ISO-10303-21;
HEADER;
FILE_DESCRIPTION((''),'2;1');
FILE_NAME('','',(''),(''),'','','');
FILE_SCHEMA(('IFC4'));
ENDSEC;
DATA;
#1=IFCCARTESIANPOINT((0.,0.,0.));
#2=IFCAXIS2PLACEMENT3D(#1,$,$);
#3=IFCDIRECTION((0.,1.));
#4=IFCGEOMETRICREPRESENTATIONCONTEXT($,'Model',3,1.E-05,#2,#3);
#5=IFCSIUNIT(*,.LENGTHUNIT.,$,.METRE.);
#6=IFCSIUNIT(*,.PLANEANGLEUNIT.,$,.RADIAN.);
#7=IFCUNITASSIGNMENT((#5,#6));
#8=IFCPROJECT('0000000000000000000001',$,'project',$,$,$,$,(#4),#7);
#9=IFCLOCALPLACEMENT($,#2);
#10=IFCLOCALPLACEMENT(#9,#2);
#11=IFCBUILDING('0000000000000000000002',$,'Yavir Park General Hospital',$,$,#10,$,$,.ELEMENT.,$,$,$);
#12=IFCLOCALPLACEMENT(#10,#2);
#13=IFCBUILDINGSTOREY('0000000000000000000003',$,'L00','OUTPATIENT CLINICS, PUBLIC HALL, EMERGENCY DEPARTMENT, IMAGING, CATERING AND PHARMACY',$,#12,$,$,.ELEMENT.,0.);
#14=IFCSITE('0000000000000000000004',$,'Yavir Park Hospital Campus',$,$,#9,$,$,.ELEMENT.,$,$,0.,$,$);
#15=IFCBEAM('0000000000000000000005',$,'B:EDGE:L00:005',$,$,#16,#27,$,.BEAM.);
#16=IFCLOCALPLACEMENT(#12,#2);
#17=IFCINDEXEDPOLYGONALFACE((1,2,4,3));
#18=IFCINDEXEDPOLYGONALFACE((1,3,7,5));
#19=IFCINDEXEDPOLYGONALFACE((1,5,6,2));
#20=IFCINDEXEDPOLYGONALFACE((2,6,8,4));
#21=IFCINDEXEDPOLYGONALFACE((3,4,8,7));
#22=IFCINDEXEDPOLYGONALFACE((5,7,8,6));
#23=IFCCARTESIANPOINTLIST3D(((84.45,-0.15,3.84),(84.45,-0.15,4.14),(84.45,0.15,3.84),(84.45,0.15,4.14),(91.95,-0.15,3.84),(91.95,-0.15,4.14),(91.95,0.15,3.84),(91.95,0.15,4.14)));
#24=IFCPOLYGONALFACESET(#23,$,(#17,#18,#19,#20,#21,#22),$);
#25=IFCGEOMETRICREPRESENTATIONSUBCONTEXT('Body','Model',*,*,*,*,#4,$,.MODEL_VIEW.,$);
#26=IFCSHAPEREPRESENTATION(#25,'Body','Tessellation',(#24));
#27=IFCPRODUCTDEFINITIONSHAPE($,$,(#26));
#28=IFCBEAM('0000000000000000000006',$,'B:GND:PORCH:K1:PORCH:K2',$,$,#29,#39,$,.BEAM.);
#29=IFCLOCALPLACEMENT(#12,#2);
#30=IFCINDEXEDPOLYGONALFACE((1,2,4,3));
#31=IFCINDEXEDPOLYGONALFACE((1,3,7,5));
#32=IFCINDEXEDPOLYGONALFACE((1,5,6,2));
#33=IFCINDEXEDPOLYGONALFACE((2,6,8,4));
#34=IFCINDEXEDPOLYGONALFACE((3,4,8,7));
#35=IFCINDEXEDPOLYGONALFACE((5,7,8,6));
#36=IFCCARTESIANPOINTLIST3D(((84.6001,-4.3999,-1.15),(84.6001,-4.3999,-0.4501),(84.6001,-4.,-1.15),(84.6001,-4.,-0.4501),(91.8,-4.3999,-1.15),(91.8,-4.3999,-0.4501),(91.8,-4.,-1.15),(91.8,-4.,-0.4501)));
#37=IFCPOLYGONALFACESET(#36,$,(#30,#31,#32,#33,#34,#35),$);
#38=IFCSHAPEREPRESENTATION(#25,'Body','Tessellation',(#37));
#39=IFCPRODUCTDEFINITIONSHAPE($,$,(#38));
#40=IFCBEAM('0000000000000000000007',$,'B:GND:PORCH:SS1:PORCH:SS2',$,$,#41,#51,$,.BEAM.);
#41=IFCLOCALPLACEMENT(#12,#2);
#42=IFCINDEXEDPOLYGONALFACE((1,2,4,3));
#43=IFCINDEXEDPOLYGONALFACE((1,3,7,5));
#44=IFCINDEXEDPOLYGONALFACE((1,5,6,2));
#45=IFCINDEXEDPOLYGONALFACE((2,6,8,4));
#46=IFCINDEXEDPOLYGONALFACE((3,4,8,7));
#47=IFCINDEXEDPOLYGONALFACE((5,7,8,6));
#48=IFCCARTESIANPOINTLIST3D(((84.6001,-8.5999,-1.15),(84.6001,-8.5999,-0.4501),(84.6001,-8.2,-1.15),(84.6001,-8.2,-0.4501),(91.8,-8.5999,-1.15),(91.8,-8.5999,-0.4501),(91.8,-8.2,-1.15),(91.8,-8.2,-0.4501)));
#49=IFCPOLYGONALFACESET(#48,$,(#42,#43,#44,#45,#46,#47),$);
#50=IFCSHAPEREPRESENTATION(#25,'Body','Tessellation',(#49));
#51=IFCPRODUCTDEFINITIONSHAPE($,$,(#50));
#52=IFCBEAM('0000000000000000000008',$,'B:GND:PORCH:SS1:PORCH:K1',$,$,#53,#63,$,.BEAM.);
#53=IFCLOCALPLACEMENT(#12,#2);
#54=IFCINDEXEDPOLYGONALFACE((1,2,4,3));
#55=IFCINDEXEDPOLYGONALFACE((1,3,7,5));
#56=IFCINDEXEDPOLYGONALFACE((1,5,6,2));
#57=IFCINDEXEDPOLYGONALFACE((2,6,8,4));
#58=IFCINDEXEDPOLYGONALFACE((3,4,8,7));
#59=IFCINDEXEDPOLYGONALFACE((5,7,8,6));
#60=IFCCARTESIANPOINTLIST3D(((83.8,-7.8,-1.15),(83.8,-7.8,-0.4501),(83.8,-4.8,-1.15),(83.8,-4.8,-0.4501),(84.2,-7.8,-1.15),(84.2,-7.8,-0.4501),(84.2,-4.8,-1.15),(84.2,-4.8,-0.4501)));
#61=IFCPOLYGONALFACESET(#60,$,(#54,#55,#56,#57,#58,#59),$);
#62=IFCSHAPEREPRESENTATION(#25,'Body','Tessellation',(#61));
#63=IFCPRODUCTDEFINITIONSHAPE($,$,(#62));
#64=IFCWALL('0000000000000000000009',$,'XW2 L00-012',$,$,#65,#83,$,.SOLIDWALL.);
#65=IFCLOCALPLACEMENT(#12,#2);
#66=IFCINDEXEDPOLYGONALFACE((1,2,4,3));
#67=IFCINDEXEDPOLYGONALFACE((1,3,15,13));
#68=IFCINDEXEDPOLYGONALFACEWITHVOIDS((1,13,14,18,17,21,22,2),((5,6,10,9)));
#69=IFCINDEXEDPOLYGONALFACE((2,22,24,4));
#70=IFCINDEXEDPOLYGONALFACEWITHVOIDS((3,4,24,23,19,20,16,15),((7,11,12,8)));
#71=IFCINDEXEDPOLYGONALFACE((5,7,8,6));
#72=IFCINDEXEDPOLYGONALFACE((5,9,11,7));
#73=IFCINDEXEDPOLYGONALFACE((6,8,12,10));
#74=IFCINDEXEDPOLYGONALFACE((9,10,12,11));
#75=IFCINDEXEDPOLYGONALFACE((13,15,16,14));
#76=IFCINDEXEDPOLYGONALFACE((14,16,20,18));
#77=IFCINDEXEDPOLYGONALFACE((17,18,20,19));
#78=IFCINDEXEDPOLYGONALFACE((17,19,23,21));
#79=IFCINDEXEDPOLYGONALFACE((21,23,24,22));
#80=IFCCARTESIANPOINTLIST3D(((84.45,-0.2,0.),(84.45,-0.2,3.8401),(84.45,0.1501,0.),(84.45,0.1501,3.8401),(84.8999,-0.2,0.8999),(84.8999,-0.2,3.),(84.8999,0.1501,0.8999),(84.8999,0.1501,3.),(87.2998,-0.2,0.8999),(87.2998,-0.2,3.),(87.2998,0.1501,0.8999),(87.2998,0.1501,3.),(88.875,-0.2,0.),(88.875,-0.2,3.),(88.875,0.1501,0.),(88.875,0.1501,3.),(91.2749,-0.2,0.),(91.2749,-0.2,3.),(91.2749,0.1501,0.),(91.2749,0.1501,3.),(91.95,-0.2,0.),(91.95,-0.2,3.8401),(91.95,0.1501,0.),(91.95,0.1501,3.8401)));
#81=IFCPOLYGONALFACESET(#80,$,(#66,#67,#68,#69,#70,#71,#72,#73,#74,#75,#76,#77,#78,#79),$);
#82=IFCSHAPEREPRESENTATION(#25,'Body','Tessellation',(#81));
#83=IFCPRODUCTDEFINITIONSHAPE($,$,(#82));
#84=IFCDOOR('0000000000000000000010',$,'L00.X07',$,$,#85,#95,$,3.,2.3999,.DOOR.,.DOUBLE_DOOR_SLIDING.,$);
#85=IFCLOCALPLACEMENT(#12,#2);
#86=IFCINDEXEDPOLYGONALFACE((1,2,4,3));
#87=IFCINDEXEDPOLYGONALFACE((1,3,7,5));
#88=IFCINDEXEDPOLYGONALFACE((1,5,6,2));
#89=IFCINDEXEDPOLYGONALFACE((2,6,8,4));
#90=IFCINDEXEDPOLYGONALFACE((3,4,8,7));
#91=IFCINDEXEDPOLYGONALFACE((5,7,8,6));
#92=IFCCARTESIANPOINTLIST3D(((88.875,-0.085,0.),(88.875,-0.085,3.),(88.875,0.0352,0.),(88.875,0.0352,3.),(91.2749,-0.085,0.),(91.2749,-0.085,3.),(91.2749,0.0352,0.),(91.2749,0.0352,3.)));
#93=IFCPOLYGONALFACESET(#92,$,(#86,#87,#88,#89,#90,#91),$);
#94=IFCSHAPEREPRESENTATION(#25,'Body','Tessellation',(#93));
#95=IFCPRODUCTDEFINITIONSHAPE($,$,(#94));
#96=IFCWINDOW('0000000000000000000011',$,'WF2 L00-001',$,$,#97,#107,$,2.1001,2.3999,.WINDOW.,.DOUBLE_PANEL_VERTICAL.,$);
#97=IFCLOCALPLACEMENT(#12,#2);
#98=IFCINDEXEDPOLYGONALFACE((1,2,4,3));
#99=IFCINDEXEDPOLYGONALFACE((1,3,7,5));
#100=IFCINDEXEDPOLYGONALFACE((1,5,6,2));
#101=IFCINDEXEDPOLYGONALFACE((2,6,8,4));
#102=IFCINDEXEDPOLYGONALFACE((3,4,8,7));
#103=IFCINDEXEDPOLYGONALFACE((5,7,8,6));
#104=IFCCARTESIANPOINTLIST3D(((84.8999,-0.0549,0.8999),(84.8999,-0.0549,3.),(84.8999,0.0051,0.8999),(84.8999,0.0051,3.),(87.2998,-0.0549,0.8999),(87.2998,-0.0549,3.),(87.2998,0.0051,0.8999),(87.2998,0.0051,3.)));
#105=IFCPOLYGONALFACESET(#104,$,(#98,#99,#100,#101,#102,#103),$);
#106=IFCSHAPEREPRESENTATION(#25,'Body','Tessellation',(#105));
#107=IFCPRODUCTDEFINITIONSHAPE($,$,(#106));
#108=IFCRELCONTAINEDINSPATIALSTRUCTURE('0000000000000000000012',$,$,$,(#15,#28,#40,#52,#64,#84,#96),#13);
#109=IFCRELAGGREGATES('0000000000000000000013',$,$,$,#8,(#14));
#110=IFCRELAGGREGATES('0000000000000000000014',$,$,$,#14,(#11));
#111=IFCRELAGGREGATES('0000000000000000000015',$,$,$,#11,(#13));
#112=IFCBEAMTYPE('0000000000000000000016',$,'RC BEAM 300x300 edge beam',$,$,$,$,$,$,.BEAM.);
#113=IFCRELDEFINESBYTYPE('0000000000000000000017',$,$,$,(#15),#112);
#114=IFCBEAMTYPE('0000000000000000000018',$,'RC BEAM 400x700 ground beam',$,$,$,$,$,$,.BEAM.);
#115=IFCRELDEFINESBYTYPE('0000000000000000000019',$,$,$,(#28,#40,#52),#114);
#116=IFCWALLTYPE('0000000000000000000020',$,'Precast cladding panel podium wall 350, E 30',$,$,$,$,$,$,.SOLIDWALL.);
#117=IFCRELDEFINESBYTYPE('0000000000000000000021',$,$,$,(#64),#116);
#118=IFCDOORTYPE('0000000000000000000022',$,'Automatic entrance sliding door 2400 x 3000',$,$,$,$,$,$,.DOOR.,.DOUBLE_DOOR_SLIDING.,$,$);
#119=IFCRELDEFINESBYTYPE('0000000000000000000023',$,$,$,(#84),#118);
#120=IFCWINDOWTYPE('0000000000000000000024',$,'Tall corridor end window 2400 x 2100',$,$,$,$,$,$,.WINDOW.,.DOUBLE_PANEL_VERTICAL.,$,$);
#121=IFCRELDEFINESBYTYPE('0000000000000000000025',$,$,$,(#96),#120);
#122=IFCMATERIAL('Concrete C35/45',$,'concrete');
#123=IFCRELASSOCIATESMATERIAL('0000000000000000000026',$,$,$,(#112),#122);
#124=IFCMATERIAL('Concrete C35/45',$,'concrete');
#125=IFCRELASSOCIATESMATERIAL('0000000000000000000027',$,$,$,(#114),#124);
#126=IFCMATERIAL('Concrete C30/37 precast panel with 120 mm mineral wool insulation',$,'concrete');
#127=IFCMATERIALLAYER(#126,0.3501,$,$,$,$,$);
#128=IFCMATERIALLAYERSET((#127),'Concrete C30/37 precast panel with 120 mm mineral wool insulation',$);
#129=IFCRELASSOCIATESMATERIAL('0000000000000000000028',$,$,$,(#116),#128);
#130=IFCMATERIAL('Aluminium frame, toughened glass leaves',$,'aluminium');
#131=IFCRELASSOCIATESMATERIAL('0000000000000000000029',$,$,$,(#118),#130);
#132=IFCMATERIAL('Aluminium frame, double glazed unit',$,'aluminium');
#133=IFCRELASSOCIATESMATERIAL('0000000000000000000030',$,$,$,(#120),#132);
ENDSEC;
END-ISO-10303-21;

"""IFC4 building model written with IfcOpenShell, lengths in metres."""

from ifc_helpers import new_model, si_unit, direction, frame, frame_2d, origin, origin_2d, place, context, subcontext, project, spatial, rectangle, extrude, material, layer, layer_set, material_profile, profile_set, type_object, element, fill, save


model = new_model("IFC4")

# Units and contexts
model_context = context("Model", 3, precision=1e-05, world=origin(), true_north=direction((0.0, 1.0)))
body_context = subcontext(model_context, "Body", "Model", "MODEL_VIEW")
ifc_project = project(units=[si_unit("LENGTHUNIT", "METRE"), si_unit("PLANEANGLEUNIT", "RADIAN")], contexts=[model_context])

# Site, building, storey
site_placement = place(None, origin())
site = spatial("IfcSite", under=ifc_project, at=site_placement, Name="Yavir Park Hospital Campus", CompositionType="ELEMENT", RefElevation=0.0)
building_placement = place(site_placement, origin())
building = spatial("IfcBuilding", under=site, at=building_placement, Name="Yavir Park General Hospital", CompositionType="ELEMENT")
storey_placement = place(building_placement, origin())
storey = spatial("IfcBuildingStorey", under=building, at=storey_placement, Name="L00", Description="OUTPATIENT CLINICS, PUBLIC HALL, EMERGENCY DEPARTMENT, IMAGING, CATERING AND PHARMACY", CompositionType="ELEMENT", Elevation=0.0)

# Beams
ifc_material_1 = material(Name="Concrete C35/45", Category="concrete")
ifc_material_profile_1 = material_profile(ifc_material_1, rectangle(XDim=0.3, YDim=0.3, at=origin_2d()), Name="RC300x300")
ifc_profile_set_1 = profile_set([ifc_material_profile_1], Name="Concrete C35/45")
beam_type_1 = type_object("IfcBeamType", Name="RC BEAM 300x300 edge beam", PredefinedType="BEAM", material=ifc_profile_set_1)
beam_1_placement = place(storey_placement, frame((84.45, 0.0, 3.99), z_axis=(1.0, 0.0, 0.0), x_axis=(0.0, 1.0, 0.0)))
element("IfcBeam", 1, at=beam_1_placement, inside=storey, type_object=beam_type_1, Name="B:EDGE:L00:005", PredefinedType="BEAM", context=body_context, shape_type="SweptSolid", body=[
    extrude(rectangle(XDim=0.3, YDim=0.3, at=origin_2d()), origin(), (0.0, 0.0, 1.0), 7.5),
])
ifc_material_2 = material(Name="Concrete C35/45", Category="concrete")
ifc_material_profile_2 = material_profile(ifc_material_2, rectangle(XDim=0.3999, YDim=0.7, at=origin_2d()), Name="RC400x700")
ifc_profile_set_2 = profile_set([ifc_material_profile_2], Name="Concrete C35/45")
beam_type_2 = type_object("IfcBeamType", Name="RC BEAM 400x700 ground beam", PredefinedType="BEAM", material=ifc_profile_set_2)
for number, where, z_axis, x_axis, name in (
    (2, (84.6001, -4.2, -0.8), (1.0, 0.0, 0.0), (0.0, 1.0, 0.0), "B:GND:PORCH:K1:PORCH:K2"),
    (3, (84.6001, -8.3999, -0.8), (1.0, 0.0, 0.0), (0.0, 1.0, 0.0), "B:GND:PORCH:SS1:PORCH:SS2"),
):
    element("IfcBeam", number, at=place(storey_placement, frame(where, z_axis=z_axis, x_axis=x_axis)), inside=storey, type_object=beam_type_2, Name=name, PredefinedType="BEAM", context=body_context, shape_type="SweptSolid", body=[
        extrude(rectangle(XDim=0.3999, YDim=0.7, at=origin_2d()), origin(), (0.0, 0.0, 1.0), 7.2),
    ])
beam_2_placement = place(storey_placement, frame((84.0, -7.8, -0.8), z_axis=(0.0, 1.0, 0.0), x_axis=(-1.0, 0.0, 0.0)))
element("IfcBeam", 4, at=beam_2_placement, inside=storey, type_object=beam_type_2, Name="B:GND:PORCH:SS1:PORCH:K1", PredefinedType="BEAM", context=body_context, shape_type="SweptSolid", body=[
    extrude(rectangle(XDim=0.3999, YDim=0.7, at=origin_2d()), origin(), (0.0, 0.0, 1.0), 3.0),
])

# Wall, openings, door, window
ifc_material_3 = material(Name="Concrete C30/37 precast panel with 120 mm mineral wool insulation", Category="concrete")
ifc_layer = layer(ifc_material_3, 0.3501)
ifc_layer_set = layer_set([ifc_layer], Name="Concrete C30/37 precast panel with 120 mm mineral wool insulation")
wall_type = type_object("IfcWallType", Name="Precast cladding panel podium wall 350, E 30", PredefinedType="SOLIDWALL", material=ifc_layer_set)
wall_placement = place(storey_placement, frame((84.45, -0.0249, 0.0), z_axis=(0.0, 0.0, 1.0), x_axis=(1.0, 0.0, 0.0)))
wall = element("IfcWall", 5, at=wall_placement, inside=storey, type_object=wall_type, Name="XW2 L00-012", PredefinedType="SOLIDWALL", context=body_context, shape_type="SweptSolid", body=[
    extrude(rectangle(XDim=7.5, YDim=0.3501, at=frame_2d((3.75, 0.0))), origin(), (0.0, 0.0, 1.0), 3.8401),
])
opening_1_placement = place(wall_placement, frame((0.45, 0.0, 0.8999)))
opening_1 = element("IfcOpeningElement", 6, at=opening_1_placement, cuts=wall, PredefinedType="OPENING", context=body_context, shape_type="SweptSolid", body=[
    extrude(rectangle(XDim=2.3999, YDim=2.1001, at=frame_2d((1.2, 1.05))), frame((0.0, 0.1851, 0.0), z_axis=(0.0, -1.0, 0.0), x_axis=(1.0, 0.0, 0.0)), (0.0, 0.0, 1.0), 0.3701),
])
opening_2_placement = place(wall_placement, frame((4.425, 0.0, 0.0)))
opening_2 = element("IfcOpeningElement", 7, at=opening_2_placement, cuts=wall, PredefinedType="OPENING", context=body_context, shape_type="SweptSolid", body=[
    extrude(rectangle(XDim=2.3999, YDim=3.0, at=frame_2d((1.2, 1.5))), frame((0.0, 0.1851, 0.0), z_axis=(0.0, -1.0, 0.0), x_axis=(1.0, 0.0, 0.0)), (0.0, 0.0, 1.0), 0.3701),
])
ifc_material_4 = material(Name="Aluminium frame, toughened glass leaves", Category="aluminium")
door_type = type_object("IfcDoorType", Name="Automatic entrance sliding door 2400 x 3000", OperationType="DOUBLE_DOOR_SLIDING", PredefinedType="DOOR", material=ifc_material_4)
door_placement = place(opening_2_placement, frame((2.3999, 0.0, 0.0), x_axis=(-1.0, 0.0, 0.0)))
door = element("IfcDoor", 8, at=door_placement, inside=storey, type_object=door_type, Name="L00.X07", OperationType="DOUBLE_DOOR_SLIDING", OverallHeight=3.0, OverallWidth=2.3999, PredefinedType="DOOR", context=body_context, shape_type="SweptSolid", body=[
    extrude(rectangle(XDim=2.3999, YDim=3.0, at=frame_2d((1.2, 1.5))), frame((0.0, 0.0601, 0.0), z_axis=(0.0, -1.0, 0.0), x_axis=(1.0, 0.0, 0.0)), (0.0, 0.0, 1.0), 0.1201),
])
fill(opening_2, door)
ifc_material_5 = material(Name="Aluminium frame, double glazed unit", Category="aluminium")
window_type = type_object("IfcWindowType", Name="Tall corridor end window 2400 x 2100", PartitioningType="DOUBLE_PANEL_VERTICAL", PredefinedType="WINDOW", material=ifc_material_5)
window_placement = place(opening_1_placement, origin())
window = element("IfcWindow", 9, at=window_placement, inside=storey, type_object=window_type, Name="WF2 L00-001", OverallHeight=2.1001, OverallWidth=2.3999, PartitioningType="DOUBLE_PANEL_VERTICAL", PredefinedType="WINDOW", context=body_context, shape_type="SweptSolid", body=[
    extrude(rectangle(XDim=2.3999, YDim=2.1001, at=frame_2d((1.2, 1.05))), frame((0.0, 0.03, 0.0), z_axis=(0.0, -1.0, 0.0), x_axis=(1.0, 0.0, 0.0)), (0.0, 0.0, 1.0), 0.0601),
])
fill(opening_1, window)

save(model, "model.ifc")
